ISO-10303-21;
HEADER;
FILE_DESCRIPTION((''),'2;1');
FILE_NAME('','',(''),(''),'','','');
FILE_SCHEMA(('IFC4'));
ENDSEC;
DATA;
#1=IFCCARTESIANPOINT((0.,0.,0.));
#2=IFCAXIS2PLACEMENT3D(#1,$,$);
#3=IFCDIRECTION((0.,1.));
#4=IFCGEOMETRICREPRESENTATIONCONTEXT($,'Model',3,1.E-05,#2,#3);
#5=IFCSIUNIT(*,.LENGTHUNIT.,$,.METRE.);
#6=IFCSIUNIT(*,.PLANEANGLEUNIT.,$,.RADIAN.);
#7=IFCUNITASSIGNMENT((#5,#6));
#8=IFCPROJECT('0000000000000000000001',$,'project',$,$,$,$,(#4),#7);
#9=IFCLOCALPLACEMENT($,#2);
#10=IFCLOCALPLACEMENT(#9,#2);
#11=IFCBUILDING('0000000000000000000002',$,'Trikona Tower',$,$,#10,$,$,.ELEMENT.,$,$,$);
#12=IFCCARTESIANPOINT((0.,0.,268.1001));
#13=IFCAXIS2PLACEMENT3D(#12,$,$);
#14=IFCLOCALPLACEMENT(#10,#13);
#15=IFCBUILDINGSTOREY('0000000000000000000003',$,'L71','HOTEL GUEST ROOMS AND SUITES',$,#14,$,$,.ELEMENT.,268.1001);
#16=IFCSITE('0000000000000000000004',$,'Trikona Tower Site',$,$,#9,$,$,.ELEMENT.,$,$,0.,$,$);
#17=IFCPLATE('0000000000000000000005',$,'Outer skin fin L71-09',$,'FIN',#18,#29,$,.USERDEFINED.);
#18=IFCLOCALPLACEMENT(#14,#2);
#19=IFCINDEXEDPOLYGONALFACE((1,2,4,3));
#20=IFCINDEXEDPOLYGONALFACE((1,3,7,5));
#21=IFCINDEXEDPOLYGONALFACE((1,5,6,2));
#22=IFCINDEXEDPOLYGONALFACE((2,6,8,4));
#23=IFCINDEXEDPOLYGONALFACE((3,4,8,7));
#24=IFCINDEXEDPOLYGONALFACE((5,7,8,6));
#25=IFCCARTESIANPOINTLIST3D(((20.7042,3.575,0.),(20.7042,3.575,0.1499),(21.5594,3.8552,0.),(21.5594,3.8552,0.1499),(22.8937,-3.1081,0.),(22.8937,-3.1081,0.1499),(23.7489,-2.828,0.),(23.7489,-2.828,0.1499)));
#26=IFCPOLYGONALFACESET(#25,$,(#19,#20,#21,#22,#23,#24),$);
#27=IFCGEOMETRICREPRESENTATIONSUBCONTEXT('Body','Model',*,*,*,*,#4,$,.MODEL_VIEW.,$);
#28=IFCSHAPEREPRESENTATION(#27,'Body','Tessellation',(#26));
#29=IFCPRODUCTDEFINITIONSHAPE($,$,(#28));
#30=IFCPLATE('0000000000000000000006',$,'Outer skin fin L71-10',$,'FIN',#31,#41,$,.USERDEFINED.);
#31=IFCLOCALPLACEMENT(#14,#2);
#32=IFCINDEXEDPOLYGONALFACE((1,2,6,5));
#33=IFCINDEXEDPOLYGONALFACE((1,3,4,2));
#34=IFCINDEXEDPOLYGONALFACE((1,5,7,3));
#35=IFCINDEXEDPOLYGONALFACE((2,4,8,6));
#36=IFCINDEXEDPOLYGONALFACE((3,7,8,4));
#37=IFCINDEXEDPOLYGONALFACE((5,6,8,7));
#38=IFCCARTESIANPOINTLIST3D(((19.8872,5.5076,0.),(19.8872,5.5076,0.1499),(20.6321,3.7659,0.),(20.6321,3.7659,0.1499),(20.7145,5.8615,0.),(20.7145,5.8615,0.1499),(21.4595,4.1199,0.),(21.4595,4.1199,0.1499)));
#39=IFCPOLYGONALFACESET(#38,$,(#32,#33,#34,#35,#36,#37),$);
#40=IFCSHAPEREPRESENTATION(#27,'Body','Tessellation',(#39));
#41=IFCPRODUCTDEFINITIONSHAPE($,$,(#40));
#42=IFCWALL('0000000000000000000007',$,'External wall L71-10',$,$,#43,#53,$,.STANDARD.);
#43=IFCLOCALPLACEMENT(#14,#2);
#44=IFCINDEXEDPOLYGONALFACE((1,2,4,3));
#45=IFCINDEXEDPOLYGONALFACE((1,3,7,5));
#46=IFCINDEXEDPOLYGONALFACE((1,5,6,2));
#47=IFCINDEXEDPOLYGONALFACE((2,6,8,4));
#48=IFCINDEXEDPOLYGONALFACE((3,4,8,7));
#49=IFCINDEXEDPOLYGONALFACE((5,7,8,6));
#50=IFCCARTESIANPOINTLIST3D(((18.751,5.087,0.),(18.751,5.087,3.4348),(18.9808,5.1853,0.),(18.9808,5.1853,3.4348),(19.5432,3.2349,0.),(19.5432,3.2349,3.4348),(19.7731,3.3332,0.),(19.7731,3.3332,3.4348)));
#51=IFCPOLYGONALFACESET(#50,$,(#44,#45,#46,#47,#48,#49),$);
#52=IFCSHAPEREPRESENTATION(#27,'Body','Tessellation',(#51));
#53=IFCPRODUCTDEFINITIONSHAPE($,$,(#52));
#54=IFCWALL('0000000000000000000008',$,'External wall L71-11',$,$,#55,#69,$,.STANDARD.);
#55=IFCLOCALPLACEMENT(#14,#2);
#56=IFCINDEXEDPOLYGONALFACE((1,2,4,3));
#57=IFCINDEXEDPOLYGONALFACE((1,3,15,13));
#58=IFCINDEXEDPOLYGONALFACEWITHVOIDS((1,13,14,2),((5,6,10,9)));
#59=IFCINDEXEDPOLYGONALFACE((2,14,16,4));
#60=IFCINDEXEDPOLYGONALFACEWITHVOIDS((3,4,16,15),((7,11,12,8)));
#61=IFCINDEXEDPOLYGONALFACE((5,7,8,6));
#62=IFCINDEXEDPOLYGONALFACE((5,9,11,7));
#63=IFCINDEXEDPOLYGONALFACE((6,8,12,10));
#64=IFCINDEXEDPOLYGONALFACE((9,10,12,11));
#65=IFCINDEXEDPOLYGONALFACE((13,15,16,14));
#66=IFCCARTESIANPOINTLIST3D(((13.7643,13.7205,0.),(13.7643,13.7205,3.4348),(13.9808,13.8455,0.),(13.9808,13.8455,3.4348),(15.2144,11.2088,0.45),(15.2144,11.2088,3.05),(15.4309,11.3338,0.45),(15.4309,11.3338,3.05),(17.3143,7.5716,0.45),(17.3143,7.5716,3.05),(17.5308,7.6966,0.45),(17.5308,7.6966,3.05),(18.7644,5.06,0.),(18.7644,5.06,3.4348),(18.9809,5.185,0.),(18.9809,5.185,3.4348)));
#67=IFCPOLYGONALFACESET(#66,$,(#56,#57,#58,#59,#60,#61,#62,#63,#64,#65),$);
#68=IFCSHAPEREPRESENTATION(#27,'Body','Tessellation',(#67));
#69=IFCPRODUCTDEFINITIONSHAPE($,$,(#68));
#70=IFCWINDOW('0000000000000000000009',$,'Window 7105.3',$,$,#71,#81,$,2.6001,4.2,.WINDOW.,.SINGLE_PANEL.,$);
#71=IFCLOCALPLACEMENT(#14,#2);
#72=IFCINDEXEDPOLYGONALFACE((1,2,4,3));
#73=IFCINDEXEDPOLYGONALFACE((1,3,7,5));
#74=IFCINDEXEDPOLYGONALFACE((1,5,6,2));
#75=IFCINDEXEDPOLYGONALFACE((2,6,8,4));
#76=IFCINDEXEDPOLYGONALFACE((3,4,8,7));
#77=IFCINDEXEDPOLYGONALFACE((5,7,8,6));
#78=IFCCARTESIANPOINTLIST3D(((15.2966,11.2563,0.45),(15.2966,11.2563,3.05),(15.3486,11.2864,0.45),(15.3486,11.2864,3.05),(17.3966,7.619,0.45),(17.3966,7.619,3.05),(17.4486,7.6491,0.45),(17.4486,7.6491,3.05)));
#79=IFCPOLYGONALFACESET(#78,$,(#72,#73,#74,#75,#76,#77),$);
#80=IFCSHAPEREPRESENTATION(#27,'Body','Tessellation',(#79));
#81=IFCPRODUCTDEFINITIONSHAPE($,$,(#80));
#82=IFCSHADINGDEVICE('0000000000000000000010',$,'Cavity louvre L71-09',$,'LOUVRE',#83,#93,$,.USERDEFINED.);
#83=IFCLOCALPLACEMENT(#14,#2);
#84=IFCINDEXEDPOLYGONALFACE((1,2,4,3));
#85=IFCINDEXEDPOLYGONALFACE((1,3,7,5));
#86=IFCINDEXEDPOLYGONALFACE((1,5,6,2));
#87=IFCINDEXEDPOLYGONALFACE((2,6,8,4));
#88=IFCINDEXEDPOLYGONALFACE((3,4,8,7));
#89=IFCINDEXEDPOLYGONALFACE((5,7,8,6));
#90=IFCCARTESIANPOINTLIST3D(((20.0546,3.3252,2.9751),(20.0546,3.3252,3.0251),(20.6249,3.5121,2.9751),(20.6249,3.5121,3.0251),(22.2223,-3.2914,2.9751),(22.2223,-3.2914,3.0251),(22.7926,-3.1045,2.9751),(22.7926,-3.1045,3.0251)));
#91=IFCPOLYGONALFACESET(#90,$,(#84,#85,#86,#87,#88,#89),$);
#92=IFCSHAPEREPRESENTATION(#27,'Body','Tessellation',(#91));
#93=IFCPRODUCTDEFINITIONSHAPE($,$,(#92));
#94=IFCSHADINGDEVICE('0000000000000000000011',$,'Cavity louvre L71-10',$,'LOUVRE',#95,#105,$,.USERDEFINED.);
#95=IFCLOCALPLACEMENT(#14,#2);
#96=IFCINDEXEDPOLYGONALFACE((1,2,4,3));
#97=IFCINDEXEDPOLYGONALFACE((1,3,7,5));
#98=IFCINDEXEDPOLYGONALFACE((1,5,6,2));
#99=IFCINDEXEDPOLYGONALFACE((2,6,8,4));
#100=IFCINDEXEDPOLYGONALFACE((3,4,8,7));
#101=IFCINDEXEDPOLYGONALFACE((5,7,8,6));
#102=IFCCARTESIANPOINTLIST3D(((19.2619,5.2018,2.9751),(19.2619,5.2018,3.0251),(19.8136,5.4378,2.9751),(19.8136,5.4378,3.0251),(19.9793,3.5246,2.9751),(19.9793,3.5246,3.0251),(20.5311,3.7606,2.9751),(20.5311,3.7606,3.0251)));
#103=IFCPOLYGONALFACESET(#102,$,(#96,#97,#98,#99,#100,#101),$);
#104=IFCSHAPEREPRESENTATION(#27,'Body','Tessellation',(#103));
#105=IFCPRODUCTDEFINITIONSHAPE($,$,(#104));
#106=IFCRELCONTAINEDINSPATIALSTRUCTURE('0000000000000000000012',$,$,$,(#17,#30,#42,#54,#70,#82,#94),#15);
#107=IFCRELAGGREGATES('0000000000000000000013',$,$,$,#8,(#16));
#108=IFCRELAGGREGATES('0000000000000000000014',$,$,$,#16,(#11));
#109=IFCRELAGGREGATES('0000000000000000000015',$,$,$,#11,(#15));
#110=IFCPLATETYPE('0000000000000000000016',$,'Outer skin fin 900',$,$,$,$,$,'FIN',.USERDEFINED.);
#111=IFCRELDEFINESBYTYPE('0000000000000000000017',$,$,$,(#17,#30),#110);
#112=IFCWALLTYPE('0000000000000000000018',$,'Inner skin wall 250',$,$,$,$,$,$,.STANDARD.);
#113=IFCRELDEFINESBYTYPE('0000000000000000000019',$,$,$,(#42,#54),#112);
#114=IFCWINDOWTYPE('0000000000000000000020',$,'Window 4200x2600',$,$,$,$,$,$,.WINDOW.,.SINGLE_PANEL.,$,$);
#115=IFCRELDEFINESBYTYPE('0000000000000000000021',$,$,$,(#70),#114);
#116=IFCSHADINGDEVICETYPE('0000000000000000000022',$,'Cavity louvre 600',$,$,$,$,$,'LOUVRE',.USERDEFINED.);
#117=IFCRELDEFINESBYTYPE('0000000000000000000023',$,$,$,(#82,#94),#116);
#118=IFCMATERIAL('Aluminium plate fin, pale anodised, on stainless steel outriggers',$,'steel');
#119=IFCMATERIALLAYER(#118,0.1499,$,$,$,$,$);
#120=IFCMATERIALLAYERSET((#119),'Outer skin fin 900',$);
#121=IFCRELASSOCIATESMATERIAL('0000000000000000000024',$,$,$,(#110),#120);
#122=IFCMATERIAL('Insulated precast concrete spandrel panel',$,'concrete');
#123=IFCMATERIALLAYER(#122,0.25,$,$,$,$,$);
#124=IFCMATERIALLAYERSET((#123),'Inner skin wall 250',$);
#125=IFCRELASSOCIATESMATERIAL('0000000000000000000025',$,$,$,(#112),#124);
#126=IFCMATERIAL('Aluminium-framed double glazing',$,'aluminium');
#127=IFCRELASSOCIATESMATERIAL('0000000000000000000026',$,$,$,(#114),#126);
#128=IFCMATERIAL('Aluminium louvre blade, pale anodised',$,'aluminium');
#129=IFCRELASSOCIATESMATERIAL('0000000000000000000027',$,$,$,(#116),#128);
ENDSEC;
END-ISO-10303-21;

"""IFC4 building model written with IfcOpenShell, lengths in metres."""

from ifc_helpers import new_model, si_unit, direction, frame, frame_2d, origin, origin_2d, place, context, subcontext, project, spatial, rectangle, extrude, material, layer, layer_set, type_object, element, fill, save


model = new_model("IFC4")

# Units and contexts
model_context = context("Model", 3, precision=1e-05, world=origin(), true_north=direction((0.0, 1.0)))
body_context = subcontext(model_context, "Body", "Model", "MODEL_VIEW")
ifc_project = project(units=[si_unit("LENGTHUNIT", "METRE"), si_unit("PLANEANGLEUNIT", "RADIAN")], contexts=[model_context])

# Site, building, storey
site_placement = place(None, origin())
site = spatial("IfcSite", under=ifc_project, at=site_placement, Name="Trikona Tower Site", CompositionType="ELEMENT", RefElevation=0.0)
building_placement = place(site_placement, origin())
building = spatial("IfcBuilding", under=site, at=building_placement, Name="Trikona Tower", CompositionType="ELEMENT")
storey_placement = place(building_placement, frame((0.0, 0.0, 268.1001)))
storey = spatial("IfcBuildingStorey", under=building, at=storey_placement, Name="L71", Description="HOTEL GUEST ROOMS AND SUITES", CompositionType="ELEMENT", Elevation=268.1001)

# Plates
ifc_material_1 = material(Name="Aluminium plate fin, pale anodised, on stainless steel outriggers", Category="steel")
ifc_layer_1 = layer(ifc_material_1, 0.1499)
ifc_layer_set_1 = layer_set([ifc_layer_1], Name="Outer skin fin 900")
plate_type_1 = type_object("IfcPlateType", Name="Outer skin fin 900", ElementType="FIN", PredefinedType="USERDEFINED", material=ifc_layer_set_1)
plate_1_placement = place(storey_placement, frame((22.2266, 0.3735, 0.0), z_axis=(0.0, 0.0, 1.0), x_axis=(-0.311337, 0.9503, 0.0)))
element("IfcPlate", 1, at=plate_1_placement, inside=storey, type_object=plate_type_1, Name="Outer skin fin L71-09", ObjectType="FIN", PredefinedType="USERDEFINED", context=body_context, shape_type="SweptSolid", body=[
    extrude(rectangle(XDim=7.0327, YDim=0.8999, at=origin_2d()), origin(), (0.0, 0.0, 1.0), 0.1499),
])
plate_2_placement = place(storey_placement, frame((20.6733, 4.8137, 0.0), z_axis=(0.0, 0.0, 1.0), x_axis=(-0.393284, 0.919417, 0.0)))
element("IfcPlate", 2, at=plate_2_placement, inside=storey, type_object=plate_type_1, Name="Outer skin fin L71-10", ObjectType="FIN", PredefinedType="USERDEFINED", context=body_context, shape_type="SweptSolid", body=[
    extrude(rectangle(XDim=1.8943, YDim=0.8999, at=origin_2d()), origin(), (0.0, 0.0, 1.0), 0.1499),
])

# Wall
ifc_material_2 = material(Name="Insulated precast concrete spandrel panel", Category="concrete")
ifc_layer_2 = layer(ifc_material_2, 0.25)
ifc_layer_set_2 = layer_set([ifc_layer_2], Name="Inner skin wall 250")
wall_type = type_object("IfcWallType", Name="Inner skin wall 250", PredefinedType="STANDARD", material=ifc_layer_set_2)
wall_1_placement = place(storey_placement, frame((19.6582, 3.2839, 0.0), z_axis=(0.0, 0.0, 1.0), x_axis=(-0.39329, 0.919414, 0.0)))
element("IfcWall", 3, at=wall_1_placement, inside=storey, type_object=wall_type, Name="External wall L71-10", PredefinedType="STANDARD", context=body_context, shape_type="SweptSolid", body=[
    extrude(rectangle(XDim=2.0144, YDim=0.25, at=frame_2d((1.0073, 0.0))), origin(), (0.0, 0.0, 1.0), 3.4348),
])

# Wall, opening, window
wall_2_placement = place(storey_placement, frame((18.8726, 5.1226, 0.0), z_axis=(0.0, 0.0, 1.0), x_axis=(-0.499994, 0.866029, 0.0)))
wall_2 = element("IfcWall", 4, at=wall_2_placement, inside=storey, type_object=wall_type, Name="External wall L71-11", PredefinedType="STANDARD", context=body_context, shape_type="SweptSolid", body=[
    extrude(rectangle(XDim=10.0002, YDim=0.25, at=frame_2d((5.0, 0.0))), origin(), (0.0, 0.0, 1.0), 3.4348),
])
opening_placement = place(wall_2_placement, frame((2.8999, 0.0, 0.45)))
opening = element("IfcOpeningElement", 5, at=opening_placement, cuts=wall_2, PredefinedType="OPENING", context=body_context, shape_type="SweptSolid", body=[
    extrude(rectangle(XDim=4.2, YDim=2.6001, at=frame_2d((2.1001, 1.3))), frame((0.0, 0.135, 0.0), z_axis=(0.0, -1.0, 0.0), x_axis=(1.0, 0.0, 0.0)), (0.0, 0.0, 1.0), 0.27),
])
ifc_material_3 = material(Name="Aluminium-framed double glazing", Category="aluminium")
window_type = type_object("IfcWindowType", Name="Window 4200x2600", PartitioningType="SINGLE_PANEL", PredefinedType="WINDOW", material=ifc_material_3)
window_placement = place(opening_placement, origin())
window = element("IfcWindow", 6, at=window_placement, inside=storey, type_object=window_type, Name="Window 7105.3", OverallHeight=2.6001, OverallWidth=4.2, PartitioningType="SINGLE_PANEL", PredefinedType="WINDOW", context=body_context, shape_type="SweptSolid", body=[
    extrude(rectangle(XDim=4.2, YDim=2.6001, at=frame_2d((2.1001, 1.3))), frame((0.0, 0.03, 0.0), z_axis=(0.0, -1.0, 0.0), x_axis=(1.0, 0.0, 0.0)), (0.0, 0.0, 1.0), 0.0601),
])
fill(opening, window)

# Shading devices
ifc_material_4 = material(Name="Aluminium louvre blade, pale anodised", Category="aluminium")
shading_device_type = type_object("IfcShadingDeviceType", Name="Cavity louvre 600", ElementType="LOUVRE", PredefinedType="USERDEFINED", material=ifc_material_4)
shading_device_1_placement = place(storey_placement, frame((21.4236, 0.1104, 2.9751), z_axis=(0.0, 0.0, 1.0), x_axis=(-0.311337, 0.9503, 0.0)))
element("IfcShadingDevice", 7, at=shading_device_1_placement, inside=storey, type_object=shading_device_type, Name="Cavity louvre L71-09", ObjectType="LOUVRE", PredefinedType="USERDEFINED", context=body_context, shape_type="SweptSolid", body=[
    extrude(rectangle(XDim=6.9626, YDim=0.6001, at=origin_2d()), origin(), (0.0, 0.0, 1.0), 0.05),
])
shading_device_2_placement = place(storey_placement, frame((19.8965, 4.4812, 2.9751), z_axis=(0.0, 0.0, 1.0), x_axis=(-0.393284, 0.919417, 0.0)))
element("IfcShadingDevice", 8, at=shading_device_2_placement, inside=storey, type_object=shading_device_type, Name="Cavity louvre L71-10", ObjectType="LOUVRE", PredefinedType="USERDEFINED", context=body_context, shape_type="SweptSolid", body=[
    extrude(rectangle(XDim=1.8242, YDim=0.6001, at=origin_2d()), origin(), (0.0, 0.0, 1.0), 0.05),
])

save(model, "model.ifc")
